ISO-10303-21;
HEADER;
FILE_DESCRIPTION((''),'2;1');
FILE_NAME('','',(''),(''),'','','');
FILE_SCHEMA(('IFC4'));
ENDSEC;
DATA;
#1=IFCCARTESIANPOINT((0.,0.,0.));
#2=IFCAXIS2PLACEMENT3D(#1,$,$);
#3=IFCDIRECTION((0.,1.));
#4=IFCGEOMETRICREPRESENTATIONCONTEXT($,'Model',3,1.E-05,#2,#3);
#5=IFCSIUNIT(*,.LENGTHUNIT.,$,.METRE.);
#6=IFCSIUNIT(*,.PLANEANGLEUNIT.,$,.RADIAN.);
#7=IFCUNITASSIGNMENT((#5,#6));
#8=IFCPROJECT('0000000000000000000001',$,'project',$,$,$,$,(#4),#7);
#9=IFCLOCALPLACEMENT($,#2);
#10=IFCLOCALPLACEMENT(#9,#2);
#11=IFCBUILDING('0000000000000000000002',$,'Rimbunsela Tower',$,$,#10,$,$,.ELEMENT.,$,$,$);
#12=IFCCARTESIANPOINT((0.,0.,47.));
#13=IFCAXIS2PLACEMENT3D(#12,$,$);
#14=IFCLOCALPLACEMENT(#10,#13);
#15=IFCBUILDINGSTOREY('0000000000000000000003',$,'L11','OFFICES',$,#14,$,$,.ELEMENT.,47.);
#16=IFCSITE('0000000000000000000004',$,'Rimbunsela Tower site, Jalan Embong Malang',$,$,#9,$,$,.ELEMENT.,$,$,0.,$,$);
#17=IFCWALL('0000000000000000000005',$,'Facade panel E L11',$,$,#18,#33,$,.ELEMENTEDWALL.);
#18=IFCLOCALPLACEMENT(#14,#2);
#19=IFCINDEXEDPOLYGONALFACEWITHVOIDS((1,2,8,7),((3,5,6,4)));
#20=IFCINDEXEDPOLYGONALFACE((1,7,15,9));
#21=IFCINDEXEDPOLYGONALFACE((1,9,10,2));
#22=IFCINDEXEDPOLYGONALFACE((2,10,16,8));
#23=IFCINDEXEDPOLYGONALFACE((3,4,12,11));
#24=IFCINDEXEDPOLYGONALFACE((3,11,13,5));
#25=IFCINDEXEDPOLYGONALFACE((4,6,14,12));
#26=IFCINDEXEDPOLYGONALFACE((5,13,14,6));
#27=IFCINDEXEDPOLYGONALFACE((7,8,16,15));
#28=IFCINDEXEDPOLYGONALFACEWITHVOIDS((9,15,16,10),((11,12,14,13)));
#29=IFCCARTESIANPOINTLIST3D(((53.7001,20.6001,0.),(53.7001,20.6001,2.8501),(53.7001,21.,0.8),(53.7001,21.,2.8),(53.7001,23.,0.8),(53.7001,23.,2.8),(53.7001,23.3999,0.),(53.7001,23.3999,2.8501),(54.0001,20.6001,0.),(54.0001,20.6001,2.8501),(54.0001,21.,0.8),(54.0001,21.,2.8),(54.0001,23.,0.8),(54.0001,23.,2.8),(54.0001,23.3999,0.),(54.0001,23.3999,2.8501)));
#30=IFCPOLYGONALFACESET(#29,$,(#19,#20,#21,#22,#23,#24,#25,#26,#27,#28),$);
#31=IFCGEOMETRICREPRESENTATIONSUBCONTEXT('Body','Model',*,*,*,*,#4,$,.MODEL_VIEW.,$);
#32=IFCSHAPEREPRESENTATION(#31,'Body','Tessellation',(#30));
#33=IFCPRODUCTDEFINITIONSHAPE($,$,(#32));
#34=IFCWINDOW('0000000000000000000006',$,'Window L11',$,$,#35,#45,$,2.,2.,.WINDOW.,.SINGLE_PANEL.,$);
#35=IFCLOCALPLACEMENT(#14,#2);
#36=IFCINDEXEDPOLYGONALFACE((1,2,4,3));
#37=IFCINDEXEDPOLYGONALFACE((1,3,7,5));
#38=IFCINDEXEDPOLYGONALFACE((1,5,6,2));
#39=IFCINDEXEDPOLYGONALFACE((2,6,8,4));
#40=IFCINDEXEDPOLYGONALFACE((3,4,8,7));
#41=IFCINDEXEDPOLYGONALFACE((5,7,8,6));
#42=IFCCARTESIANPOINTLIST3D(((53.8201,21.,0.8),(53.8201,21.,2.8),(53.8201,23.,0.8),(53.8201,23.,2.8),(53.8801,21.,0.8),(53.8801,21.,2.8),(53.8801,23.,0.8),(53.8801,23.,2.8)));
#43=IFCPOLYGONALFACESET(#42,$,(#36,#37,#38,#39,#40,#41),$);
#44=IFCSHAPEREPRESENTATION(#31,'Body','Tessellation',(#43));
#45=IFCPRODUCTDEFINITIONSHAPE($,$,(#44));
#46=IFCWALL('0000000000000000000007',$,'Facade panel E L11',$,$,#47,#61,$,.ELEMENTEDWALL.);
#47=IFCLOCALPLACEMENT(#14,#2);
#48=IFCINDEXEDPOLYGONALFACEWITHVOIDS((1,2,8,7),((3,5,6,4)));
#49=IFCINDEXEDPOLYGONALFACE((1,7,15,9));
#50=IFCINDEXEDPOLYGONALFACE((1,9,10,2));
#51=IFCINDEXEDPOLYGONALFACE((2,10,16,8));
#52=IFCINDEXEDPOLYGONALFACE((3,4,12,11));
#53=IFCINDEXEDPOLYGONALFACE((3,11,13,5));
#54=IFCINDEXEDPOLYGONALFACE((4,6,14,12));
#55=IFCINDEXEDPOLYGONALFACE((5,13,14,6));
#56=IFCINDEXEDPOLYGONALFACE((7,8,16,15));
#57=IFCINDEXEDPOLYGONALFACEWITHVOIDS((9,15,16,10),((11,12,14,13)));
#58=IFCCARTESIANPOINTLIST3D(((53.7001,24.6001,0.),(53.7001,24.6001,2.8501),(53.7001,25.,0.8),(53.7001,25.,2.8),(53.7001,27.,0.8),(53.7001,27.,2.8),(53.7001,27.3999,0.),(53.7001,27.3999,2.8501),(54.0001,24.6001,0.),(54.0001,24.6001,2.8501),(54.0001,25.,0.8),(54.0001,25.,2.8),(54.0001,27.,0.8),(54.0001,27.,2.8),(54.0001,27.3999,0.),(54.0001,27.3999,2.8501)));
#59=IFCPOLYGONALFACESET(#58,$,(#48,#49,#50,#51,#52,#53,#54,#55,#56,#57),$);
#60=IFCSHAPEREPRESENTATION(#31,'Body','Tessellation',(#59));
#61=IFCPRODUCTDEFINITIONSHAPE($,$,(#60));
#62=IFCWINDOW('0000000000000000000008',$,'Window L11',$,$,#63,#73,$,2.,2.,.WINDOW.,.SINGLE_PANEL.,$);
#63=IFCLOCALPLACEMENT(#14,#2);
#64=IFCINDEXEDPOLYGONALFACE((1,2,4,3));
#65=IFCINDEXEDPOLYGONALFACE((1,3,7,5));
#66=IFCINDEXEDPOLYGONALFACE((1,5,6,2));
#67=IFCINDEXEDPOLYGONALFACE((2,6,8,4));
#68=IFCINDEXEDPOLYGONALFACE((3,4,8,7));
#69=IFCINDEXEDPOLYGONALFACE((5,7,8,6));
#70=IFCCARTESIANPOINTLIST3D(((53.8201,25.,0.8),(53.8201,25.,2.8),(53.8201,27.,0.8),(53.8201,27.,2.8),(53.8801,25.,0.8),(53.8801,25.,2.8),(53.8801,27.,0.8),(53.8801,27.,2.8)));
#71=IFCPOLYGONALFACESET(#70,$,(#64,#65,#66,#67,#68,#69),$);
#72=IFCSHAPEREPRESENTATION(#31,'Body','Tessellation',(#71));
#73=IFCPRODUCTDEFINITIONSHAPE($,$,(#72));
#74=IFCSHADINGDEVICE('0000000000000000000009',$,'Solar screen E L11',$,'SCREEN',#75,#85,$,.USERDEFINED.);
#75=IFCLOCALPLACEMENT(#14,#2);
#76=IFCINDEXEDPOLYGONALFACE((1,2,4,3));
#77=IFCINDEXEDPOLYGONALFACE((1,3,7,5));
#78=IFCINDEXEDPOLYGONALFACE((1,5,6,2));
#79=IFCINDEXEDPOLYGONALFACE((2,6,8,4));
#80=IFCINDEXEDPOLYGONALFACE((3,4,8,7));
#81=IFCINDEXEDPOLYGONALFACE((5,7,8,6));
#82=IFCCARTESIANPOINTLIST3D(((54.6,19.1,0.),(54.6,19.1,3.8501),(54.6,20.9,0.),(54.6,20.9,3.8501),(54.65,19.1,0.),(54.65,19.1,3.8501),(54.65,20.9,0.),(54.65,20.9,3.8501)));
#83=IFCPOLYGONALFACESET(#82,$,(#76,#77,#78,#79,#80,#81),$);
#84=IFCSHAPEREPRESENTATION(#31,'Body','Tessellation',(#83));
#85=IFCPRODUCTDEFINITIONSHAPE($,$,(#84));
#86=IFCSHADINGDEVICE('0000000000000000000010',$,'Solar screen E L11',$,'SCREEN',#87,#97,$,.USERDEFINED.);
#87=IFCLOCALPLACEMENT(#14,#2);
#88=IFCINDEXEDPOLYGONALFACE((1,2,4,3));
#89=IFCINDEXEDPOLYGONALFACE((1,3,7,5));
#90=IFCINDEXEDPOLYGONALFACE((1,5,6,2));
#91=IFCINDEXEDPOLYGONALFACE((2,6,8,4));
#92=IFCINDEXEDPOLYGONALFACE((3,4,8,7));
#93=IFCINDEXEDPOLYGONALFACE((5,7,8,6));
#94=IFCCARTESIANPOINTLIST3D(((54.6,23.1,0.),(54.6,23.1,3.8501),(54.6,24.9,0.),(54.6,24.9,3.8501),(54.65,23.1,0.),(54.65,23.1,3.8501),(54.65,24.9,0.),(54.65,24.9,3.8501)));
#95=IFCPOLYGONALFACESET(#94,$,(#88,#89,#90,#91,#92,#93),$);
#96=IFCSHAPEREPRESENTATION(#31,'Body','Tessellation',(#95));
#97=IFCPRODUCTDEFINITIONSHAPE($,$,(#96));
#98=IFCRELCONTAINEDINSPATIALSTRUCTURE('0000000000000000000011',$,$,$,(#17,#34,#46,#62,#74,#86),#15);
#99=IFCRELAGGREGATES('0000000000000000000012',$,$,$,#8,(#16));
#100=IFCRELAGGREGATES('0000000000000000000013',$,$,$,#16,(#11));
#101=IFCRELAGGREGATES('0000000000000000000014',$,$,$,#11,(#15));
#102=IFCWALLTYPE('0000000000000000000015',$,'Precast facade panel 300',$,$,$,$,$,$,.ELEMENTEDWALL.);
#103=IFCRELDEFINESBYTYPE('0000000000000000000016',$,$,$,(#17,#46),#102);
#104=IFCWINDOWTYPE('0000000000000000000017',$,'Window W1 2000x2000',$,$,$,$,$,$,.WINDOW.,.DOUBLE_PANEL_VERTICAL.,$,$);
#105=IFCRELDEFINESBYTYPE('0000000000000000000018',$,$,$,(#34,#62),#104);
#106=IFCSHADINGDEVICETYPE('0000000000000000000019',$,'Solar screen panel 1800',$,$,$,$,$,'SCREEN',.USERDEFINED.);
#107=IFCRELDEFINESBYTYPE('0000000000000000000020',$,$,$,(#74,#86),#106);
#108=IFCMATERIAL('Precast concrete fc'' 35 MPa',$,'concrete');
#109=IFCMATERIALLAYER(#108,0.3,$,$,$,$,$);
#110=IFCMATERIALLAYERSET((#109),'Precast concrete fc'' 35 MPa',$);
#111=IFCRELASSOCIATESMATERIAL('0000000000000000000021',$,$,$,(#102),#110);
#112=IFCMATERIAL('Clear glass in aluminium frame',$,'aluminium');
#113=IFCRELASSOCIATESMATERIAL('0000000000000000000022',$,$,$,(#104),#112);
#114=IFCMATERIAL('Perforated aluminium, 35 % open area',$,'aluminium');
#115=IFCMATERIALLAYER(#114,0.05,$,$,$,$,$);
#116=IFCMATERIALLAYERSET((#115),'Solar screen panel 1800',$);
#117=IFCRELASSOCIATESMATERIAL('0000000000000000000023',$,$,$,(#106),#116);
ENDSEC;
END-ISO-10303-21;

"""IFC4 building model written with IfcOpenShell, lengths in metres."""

from ifc_helpers import new_model, si_unit, direction, frame, frame_2d, origin, origin_2d, place, context, subcontext, project, spatial, rectangle, extrude, material, layer, layer_set, type_object, element, fill, save


model = new_model("IFC4")

# Units and contexts
model_context = context("Model", 3, precision=1e-05, world=origin(), true_north=direction((0.0, 1.0)))
body_context = subcontext(model_context, "Body", "Model", "MODEL_VIEW")
ifc_project = project(units=[si_unit("LENGTHUNIT", "METRE"), si_unit("PLANEANGLEUNIT", "RADIAN")], contexts=[model_context])

# Site, building, storey
site_placement = place(None, origin())
site = spatial("IfcSite", under=ifc_project, at=site_placement, Name="Rimbunsela Tower site, Jalan Embong Malang", CompositionType="ELEMENT", RefElevation=0.0)
building_placement = place(site_placement, origin())
building = spatial("IfcBuilding", under=site, at=building_placement, Name="Rimbunsela Tower", CompositionType="ELEMENT")
storey_placement = place(building_placement, frame((0.0, 0.0, 47.0)))
storey = spatial("IfcBuildingStorey", under=building, at=storey_placement, Name="L11", Description="OFFICES", CompositionType="ELEMENT", Elevation=47.0)

# Walls, openings, windows
ifc_material_1 = material(Name="Precast concrete fc' 35 MPa", Category="concrete")
ifc_layer_1 = layer(ifc_material_1, 0.3)
ifc_layer_set_1 = layer_set([ifc_layer_1], Name="Precast concrete fc' 35 MPa")
wall_type_1 = type_object("IfcWallType", Name="Precast facade panel 300", PredefinedType="ELEMENTEDWALL", material=ifc_layer_set_1)
wall_1_placement = place(storey_placement, frame((53.8501, 20.6001, 0.0), z_axis=(0.0, 0.0, 1.0), x_axis=(0.0, 1.0, 0.0)))
wall_1 = element("IfcWall", 1, at=wall_1_placement, inside=storey, type_object=wall_type_1, Name="Facade panel E L11", PredefinedType="ELEMENTEDWALL", context=body_context, shape_type="SweptSolid", body=[
    extrude(rectangle(XDim=2.7998, YDim=0.3, at=frame_2d((1.3999, 0.0))), origin(), (0.0, 0.0, 1.0), 2.8501),
])
opening_1_placement = place(wall_1_placement, frame((0.3999, 0.0, 0.8)))
opening_1 = element("IfcOpeningElement", 2, at=opening_1_placement, cuts=wall_1, PredefinedType="OPENING", context=body_context, shape_type="SweptSolid", body=[
    extrude(rectangle(XDim=2.0, YDim=2.0, at=frame_2d((1.0, 1.0))), frame((0.0, 0.1599, 0.0), z_axis=(0.0, -1.0, 0.0), x_axis=(1.0, 0.0, 0.0)), (0.0, 0.0, 1.0), 0.3201),
])
ifc_material_2 = material(Name="Clear glass in aluminium frame", Category="aluminium")
window_type = type_object("IfcWindowType", Name="Window W1 2000x2000", PartitioningType="DOUBLE_PANEL_VERTICAL", PredefinedType="WINDOW", material=ifc_material_2)
window_1_placement = place(opening_1_placement, origin())
window_1 = element("IfcWindow", 3, at=window_1_placement, inside=storey, type_object=window_type, Name="Window L11", OverallHeight=2.0, OverallWidth=2.0, PartitioningType="SINGLE_PANEL", PredefinedType="WINDOW", context=body_context, shape_type="SweptSolid", body=[
    extrude(rectangle(XDim=2.0, YDim=2.0, at=frame_2d((1.0, 1.0))), frame((0.0, 0.03, 0.0), z_axis=(0.0, -1.0, 0.0), x_axis=(1.0, 0.0, 0.0)), (0.0, 0.0, 1.0), 0.0601),
])
fill(opening_1, window_1)
wall_2_placement = place(storey_placement, frame((53.8501, 24.6001, 0.0), z_axis=(0.0, 0.0, 1.0), x_axis=(0.0, 1.0, 0.0)))
wall_2 = element("IfcWall", 4, at=wall_2_placement, inside=storey, type_object=wall_type_1, Name="Facade panel E L11", PredefinedType="ELEMENTEDWALL", context=body_context, shape_type="SweptSolid", body=[
    extrude(rectangle(XDim=2.7998, YDim=0.3, at=frame_2d((1.3999, 0.0))), origin(), (0.0, 0.0, 1.0), 2.8501),
])
opening_2_placement = place(wall_2_placement, frame((0.3999, 0.0, 0.8)))
opening_2 = element("IfcOpeningElement", 5, at=opening_2_placement, cuts=wall_2, PredefinedType="OPENING", context=body_context, shape_type="SweptSolid", body=[
    extrude(rectangle(XDim=2.0, YDim=2.0, at=frame_2d((1.0, 1.0))), frame((0.0, 0.1599, 0.0), z_axis=(0.0, -1.0, 0.0), x_axis=(1.0, 0.0, 0.0)), (0.0, 0.0, 1.0), 0.3201),
])
window_2_placement = place(opening_2_placement, origin())
window_2 = element("IfcWindow", 6, at=window_2_placement, inside=storey, type_object=window_type, Name="Window L11", OverallHeight=2.0, OverallWidth=2.0, PartitioningType="SINGLE_PANEL", PredefinedType="WINDOW", context=body_context, shape_type="SweptSolid", body=[
    extrude(rectangle(XDim=2.0, YDim=2.0, at=frame_2d((1.0, 1.0))), frame((0.0, 0.03, 0.0), z_axis=(0.0, -1.0, 0.0), x_axis=(1.0, 0.0, 0.0)), (0.0, 0.0, 1.0), 0.0601),
])
fill(opening_2, window_2)

# Shading devices
ifc_material_3 = material(Name="Perforated aluminium, 35 % open area", Category="aluminium")
ifc_layer_2 = layer(ifc_material_3, 0.05)
ifc_layer_set_2 = layer_set([ifc_layer_2], Name="Solar screen panel 1800")
shading_device_type = type_object("IfcShadingDeviceType", Name="Solar screen panel 1800", ElementType="SCREEN", PredefinedType="USERDEFINED", material=ifc_layer_set_2)
for number, where, z_axis, x_axis, name in (
    (7, (54.625, 20.0, 0.0), (0.0, 0.0, 1.0), (0.0, 1.0, 0.0), "Solar screen E L11"),
    (8, (54.625, 24.0, 0.0), (0.0, 0.0, 1.0), (0.0, 1.0, 0.0), "Solar screen E L11"),
):
    element("IfcShadingDevice", number, at=place(storey_placement, frame(where, z_axis=z_axis, x_axis=x_axis)), inside=storey, type_object=shading_device_type, Name=name, ObjectType="SCREEN", PredefinedType="USERDEFINED", context=body_context, shape_type="SweptSolid", body=[
        extrude(rectangle(XDim=1.8, YDim=0.05, at=origin_2d()), origin(), (0.0, 0.0, 1.0), 3.8501),
    ])

save(model, "model.ifc")
